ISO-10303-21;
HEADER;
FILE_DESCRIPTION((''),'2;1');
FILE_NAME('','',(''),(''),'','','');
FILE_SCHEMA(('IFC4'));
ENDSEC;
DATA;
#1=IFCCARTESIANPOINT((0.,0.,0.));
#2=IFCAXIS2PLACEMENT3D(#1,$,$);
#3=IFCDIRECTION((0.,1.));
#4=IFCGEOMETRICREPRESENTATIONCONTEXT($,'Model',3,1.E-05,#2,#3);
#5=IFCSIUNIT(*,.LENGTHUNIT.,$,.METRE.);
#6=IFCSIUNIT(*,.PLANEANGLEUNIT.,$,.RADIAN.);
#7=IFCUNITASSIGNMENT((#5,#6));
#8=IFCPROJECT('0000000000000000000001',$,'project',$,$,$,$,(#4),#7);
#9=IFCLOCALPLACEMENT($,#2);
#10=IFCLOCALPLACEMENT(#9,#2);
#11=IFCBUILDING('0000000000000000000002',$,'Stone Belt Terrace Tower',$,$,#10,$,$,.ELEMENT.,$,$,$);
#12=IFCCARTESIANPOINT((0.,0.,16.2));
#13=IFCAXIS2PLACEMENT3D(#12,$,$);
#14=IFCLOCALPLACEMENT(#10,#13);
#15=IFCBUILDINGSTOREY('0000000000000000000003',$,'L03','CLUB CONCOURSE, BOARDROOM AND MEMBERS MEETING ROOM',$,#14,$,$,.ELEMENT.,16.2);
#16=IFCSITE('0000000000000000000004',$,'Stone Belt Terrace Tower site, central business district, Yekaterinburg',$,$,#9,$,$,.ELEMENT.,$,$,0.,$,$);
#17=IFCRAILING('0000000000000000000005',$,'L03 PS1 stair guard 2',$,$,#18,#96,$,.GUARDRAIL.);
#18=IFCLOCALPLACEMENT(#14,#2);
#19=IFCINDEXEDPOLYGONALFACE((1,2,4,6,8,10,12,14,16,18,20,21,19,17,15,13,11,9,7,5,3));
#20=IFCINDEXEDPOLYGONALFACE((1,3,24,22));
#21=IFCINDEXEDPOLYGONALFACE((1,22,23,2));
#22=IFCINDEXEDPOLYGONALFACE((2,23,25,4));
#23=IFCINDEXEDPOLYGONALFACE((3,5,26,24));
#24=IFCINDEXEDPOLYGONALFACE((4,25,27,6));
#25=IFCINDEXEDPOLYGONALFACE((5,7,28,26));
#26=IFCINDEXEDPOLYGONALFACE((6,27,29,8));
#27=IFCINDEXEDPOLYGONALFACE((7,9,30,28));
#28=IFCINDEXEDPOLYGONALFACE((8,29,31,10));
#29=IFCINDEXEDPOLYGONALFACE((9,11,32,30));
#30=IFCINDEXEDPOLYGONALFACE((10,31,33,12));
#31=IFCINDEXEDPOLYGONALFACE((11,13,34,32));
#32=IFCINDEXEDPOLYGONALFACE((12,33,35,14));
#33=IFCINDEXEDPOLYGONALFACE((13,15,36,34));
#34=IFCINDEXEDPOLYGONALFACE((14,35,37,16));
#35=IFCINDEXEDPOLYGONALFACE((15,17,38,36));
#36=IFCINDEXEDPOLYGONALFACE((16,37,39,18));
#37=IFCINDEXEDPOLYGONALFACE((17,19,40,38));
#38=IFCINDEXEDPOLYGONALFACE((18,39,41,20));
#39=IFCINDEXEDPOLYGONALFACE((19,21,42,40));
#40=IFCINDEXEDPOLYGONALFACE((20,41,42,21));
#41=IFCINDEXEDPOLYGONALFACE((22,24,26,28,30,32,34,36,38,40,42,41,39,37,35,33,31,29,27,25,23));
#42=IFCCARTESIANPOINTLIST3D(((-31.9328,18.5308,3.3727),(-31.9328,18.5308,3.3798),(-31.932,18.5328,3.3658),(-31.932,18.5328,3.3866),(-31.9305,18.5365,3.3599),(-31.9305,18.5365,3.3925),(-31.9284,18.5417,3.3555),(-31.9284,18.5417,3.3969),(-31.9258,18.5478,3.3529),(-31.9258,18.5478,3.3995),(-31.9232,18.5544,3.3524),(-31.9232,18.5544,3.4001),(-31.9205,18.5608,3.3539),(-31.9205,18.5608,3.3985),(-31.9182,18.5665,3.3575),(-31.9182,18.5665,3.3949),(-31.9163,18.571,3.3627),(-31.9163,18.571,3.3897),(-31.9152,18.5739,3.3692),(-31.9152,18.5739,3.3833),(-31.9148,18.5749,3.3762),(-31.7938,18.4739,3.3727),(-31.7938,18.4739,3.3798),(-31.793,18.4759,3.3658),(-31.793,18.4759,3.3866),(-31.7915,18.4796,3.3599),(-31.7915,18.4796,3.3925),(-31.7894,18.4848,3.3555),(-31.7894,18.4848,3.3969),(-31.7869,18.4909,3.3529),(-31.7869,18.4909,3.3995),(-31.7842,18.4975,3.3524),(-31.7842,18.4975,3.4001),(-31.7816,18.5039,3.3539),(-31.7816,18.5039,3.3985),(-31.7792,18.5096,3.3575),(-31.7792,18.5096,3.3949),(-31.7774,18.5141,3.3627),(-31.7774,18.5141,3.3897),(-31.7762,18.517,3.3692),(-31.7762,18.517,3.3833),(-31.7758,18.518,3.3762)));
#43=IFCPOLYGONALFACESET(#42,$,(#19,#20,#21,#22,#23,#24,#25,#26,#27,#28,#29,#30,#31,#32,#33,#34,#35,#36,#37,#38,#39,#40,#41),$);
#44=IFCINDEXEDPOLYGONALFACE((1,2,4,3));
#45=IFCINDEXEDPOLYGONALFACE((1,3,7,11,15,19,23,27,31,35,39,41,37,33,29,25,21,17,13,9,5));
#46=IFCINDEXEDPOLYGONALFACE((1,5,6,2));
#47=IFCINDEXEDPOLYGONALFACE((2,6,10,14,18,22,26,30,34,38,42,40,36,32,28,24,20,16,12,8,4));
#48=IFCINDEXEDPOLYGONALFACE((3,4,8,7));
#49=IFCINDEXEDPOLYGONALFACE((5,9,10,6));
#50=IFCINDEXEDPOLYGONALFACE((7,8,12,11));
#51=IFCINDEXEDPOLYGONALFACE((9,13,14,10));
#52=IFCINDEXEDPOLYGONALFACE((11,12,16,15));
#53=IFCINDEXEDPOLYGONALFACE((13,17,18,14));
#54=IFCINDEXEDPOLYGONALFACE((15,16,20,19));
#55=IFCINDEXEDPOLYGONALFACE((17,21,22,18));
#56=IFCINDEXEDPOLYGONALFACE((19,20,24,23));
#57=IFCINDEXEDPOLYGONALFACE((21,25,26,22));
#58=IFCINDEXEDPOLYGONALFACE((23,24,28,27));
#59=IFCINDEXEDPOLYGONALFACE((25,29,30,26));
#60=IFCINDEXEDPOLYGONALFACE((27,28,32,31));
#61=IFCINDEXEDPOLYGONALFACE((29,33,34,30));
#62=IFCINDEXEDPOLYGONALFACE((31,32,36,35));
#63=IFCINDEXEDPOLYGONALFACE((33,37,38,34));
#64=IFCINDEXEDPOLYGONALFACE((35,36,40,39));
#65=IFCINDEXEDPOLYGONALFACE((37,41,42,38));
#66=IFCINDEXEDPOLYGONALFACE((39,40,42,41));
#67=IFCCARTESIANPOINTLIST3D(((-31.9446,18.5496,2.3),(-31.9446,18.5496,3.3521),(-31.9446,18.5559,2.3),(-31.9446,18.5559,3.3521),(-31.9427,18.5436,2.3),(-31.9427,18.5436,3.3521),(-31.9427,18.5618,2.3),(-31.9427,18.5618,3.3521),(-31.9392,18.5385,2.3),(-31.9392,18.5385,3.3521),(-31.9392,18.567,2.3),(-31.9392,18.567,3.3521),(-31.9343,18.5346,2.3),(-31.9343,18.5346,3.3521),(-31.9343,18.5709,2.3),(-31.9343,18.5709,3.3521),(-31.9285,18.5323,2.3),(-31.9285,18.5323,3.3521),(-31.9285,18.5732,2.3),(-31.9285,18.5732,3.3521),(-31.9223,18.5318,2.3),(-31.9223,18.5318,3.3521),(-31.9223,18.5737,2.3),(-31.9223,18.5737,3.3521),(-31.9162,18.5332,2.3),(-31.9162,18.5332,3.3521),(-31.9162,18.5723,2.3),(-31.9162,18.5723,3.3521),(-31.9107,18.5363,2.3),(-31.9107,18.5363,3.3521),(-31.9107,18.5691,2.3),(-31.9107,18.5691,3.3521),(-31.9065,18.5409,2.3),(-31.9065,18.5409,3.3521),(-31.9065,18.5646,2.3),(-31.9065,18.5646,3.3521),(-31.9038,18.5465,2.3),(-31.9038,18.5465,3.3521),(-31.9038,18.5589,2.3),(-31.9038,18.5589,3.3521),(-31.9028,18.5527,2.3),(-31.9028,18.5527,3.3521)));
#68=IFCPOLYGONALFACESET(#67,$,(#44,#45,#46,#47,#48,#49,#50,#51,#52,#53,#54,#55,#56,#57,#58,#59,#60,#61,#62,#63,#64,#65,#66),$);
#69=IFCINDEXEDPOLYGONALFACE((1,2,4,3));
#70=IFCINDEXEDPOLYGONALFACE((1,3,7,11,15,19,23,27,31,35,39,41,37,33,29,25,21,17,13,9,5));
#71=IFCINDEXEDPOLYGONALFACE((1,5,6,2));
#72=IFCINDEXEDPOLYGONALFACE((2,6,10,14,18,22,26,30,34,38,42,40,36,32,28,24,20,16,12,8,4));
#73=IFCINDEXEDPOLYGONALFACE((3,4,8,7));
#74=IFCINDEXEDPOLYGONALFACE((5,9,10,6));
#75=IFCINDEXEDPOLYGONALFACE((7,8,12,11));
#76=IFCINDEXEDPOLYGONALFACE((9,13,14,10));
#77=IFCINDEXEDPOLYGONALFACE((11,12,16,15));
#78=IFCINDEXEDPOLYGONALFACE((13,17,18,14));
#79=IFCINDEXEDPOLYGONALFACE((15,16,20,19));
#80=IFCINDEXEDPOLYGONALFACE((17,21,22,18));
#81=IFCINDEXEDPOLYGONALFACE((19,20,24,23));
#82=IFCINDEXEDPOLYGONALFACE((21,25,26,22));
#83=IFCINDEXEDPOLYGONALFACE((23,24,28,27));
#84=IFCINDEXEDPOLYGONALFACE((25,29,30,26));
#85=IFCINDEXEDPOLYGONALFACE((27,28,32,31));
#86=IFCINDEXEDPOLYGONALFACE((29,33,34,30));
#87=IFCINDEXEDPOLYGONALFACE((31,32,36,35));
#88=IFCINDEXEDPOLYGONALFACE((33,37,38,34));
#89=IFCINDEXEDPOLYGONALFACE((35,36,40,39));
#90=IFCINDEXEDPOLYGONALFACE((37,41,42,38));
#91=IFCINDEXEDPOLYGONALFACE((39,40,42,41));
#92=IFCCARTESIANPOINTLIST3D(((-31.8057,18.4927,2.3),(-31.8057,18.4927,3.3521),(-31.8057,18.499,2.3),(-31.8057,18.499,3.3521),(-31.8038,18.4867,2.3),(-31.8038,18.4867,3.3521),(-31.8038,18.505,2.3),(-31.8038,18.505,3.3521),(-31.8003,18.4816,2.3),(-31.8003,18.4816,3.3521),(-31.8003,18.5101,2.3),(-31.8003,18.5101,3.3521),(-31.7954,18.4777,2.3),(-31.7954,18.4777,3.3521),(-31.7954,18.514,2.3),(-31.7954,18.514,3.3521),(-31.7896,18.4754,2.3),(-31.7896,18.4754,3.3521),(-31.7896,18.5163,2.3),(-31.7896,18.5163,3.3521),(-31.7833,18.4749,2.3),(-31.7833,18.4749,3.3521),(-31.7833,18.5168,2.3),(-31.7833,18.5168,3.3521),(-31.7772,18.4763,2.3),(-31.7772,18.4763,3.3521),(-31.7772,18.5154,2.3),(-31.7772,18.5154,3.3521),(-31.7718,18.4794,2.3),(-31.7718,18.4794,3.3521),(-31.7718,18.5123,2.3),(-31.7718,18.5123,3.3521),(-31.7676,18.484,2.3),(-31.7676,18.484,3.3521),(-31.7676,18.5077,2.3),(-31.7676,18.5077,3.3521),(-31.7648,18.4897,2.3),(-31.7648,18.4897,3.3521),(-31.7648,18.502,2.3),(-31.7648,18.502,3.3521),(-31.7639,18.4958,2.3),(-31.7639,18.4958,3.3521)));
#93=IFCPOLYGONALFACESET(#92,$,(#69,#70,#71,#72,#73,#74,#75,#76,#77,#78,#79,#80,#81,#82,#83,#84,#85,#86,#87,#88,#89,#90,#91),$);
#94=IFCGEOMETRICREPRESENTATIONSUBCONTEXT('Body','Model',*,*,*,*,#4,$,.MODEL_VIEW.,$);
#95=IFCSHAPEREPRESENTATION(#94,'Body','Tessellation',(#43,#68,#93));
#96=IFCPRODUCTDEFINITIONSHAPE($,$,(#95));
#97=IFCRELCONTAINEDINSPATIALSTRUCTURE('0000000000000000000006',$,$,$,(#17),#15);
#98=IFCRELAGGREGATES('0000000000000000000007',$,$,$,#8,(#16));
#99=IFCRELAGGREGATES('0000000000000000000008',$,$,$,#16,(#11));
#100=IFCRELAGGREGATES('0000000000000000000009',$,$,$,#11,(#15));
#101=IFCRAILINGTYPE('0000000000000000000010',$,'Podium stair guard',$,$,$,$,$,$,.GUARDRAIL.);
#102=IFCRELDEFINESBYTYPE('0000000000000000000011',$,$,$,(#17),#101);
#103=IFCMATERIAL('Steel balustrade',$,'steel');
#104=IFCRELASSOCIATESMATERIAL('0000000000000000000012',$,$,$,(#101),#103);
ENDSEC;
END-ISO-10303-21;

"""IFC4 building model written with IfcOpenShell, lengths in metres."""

from ifc_helpers import new_model, si_unit, direction, frame, origin, origin_2d, place, context, subcontext, project, spatial, circle, extrude, material, type_object, element, save


model = new_model("IFC4")

# Units and contexts
model_context = context("Model", 3, precision=1e-05, world=origin(), true_north=direction((0.0, 1.0)))
body_context = subcontext(model_context, "Body", "Model", "MODEL_VIEW")
ifc_project = project(units=[si_unit("LENGTHUNIT", "METRE"), si_unit("PLANEANGLEUNIT", "RADIAN")], contexts=[model_context])

# Site, building, storey
site_placement = place(None, origin())
site = spatial("IfcSite", under=ifc_project, at=site_placement, Name="Stone Belt Terrace Tower site, central business district, Yekaterinburg", CompositionType="ELEMENT", RefElevation=0.0)
building_placement = place(site_placement, origin())
building = spatial("IfcBuilding", under=site, at=building_placement, Name="Stone Belt Terrace Tower", CompositionType="ELEMENT")
storey_placement = place(building_placement, frame((0.0, 0.0, 16.2)))
storey = spatial("IfcBuildingStorey", under=building, at=storey_placement, Name="L03", Description="CLUB CONCOURSE, BOARDROOM AND MEMBERS MEETING ROOM", CompositionType="ELEMENT", Elevation=16.2)

# Railing
ifc_material_1 = material(Name="Steel balustrade", Category="steel")
railing_type_1 = type_object("IfcRailingType", Name="Podium stair guard", PredefinedType="GUARDRAIL", material=ifc_material_1)
railing_1_placement = place(storey_placement, frame((-31.9238, 18.5527, 2.3)))
element("IfcRailing", 1, at=railing_1_placement, inside=storey, type_object=railing_type_1, Name="L03 PS1 stair guard 2", PredefinedType="GUARDRAIL", context=body_context, shape_type="SweptSolid", body=[
    extrude(circle(Radius=0.0239, at=origin_2d()), frame((0.0, 0.0, 1.0762), z_axis=(0.925417, -0.378949, 0.0), x_axis=(0.378949, 0.925417, 0.0)), (0.0, 0.0, 1.0), 0.1501),
    extrude(circle(Radius=0.021, at=origin_2d()), origin(), (0.0, 0.0, 1.0), 1.052),
    extrude(circle(Radius=0.021, at=origin_2d()), frame((0.1389, -0.0569, 0.0)), (0.0, 0.0, 1.0), 1.052),
])

save(model, "model.ifc")
